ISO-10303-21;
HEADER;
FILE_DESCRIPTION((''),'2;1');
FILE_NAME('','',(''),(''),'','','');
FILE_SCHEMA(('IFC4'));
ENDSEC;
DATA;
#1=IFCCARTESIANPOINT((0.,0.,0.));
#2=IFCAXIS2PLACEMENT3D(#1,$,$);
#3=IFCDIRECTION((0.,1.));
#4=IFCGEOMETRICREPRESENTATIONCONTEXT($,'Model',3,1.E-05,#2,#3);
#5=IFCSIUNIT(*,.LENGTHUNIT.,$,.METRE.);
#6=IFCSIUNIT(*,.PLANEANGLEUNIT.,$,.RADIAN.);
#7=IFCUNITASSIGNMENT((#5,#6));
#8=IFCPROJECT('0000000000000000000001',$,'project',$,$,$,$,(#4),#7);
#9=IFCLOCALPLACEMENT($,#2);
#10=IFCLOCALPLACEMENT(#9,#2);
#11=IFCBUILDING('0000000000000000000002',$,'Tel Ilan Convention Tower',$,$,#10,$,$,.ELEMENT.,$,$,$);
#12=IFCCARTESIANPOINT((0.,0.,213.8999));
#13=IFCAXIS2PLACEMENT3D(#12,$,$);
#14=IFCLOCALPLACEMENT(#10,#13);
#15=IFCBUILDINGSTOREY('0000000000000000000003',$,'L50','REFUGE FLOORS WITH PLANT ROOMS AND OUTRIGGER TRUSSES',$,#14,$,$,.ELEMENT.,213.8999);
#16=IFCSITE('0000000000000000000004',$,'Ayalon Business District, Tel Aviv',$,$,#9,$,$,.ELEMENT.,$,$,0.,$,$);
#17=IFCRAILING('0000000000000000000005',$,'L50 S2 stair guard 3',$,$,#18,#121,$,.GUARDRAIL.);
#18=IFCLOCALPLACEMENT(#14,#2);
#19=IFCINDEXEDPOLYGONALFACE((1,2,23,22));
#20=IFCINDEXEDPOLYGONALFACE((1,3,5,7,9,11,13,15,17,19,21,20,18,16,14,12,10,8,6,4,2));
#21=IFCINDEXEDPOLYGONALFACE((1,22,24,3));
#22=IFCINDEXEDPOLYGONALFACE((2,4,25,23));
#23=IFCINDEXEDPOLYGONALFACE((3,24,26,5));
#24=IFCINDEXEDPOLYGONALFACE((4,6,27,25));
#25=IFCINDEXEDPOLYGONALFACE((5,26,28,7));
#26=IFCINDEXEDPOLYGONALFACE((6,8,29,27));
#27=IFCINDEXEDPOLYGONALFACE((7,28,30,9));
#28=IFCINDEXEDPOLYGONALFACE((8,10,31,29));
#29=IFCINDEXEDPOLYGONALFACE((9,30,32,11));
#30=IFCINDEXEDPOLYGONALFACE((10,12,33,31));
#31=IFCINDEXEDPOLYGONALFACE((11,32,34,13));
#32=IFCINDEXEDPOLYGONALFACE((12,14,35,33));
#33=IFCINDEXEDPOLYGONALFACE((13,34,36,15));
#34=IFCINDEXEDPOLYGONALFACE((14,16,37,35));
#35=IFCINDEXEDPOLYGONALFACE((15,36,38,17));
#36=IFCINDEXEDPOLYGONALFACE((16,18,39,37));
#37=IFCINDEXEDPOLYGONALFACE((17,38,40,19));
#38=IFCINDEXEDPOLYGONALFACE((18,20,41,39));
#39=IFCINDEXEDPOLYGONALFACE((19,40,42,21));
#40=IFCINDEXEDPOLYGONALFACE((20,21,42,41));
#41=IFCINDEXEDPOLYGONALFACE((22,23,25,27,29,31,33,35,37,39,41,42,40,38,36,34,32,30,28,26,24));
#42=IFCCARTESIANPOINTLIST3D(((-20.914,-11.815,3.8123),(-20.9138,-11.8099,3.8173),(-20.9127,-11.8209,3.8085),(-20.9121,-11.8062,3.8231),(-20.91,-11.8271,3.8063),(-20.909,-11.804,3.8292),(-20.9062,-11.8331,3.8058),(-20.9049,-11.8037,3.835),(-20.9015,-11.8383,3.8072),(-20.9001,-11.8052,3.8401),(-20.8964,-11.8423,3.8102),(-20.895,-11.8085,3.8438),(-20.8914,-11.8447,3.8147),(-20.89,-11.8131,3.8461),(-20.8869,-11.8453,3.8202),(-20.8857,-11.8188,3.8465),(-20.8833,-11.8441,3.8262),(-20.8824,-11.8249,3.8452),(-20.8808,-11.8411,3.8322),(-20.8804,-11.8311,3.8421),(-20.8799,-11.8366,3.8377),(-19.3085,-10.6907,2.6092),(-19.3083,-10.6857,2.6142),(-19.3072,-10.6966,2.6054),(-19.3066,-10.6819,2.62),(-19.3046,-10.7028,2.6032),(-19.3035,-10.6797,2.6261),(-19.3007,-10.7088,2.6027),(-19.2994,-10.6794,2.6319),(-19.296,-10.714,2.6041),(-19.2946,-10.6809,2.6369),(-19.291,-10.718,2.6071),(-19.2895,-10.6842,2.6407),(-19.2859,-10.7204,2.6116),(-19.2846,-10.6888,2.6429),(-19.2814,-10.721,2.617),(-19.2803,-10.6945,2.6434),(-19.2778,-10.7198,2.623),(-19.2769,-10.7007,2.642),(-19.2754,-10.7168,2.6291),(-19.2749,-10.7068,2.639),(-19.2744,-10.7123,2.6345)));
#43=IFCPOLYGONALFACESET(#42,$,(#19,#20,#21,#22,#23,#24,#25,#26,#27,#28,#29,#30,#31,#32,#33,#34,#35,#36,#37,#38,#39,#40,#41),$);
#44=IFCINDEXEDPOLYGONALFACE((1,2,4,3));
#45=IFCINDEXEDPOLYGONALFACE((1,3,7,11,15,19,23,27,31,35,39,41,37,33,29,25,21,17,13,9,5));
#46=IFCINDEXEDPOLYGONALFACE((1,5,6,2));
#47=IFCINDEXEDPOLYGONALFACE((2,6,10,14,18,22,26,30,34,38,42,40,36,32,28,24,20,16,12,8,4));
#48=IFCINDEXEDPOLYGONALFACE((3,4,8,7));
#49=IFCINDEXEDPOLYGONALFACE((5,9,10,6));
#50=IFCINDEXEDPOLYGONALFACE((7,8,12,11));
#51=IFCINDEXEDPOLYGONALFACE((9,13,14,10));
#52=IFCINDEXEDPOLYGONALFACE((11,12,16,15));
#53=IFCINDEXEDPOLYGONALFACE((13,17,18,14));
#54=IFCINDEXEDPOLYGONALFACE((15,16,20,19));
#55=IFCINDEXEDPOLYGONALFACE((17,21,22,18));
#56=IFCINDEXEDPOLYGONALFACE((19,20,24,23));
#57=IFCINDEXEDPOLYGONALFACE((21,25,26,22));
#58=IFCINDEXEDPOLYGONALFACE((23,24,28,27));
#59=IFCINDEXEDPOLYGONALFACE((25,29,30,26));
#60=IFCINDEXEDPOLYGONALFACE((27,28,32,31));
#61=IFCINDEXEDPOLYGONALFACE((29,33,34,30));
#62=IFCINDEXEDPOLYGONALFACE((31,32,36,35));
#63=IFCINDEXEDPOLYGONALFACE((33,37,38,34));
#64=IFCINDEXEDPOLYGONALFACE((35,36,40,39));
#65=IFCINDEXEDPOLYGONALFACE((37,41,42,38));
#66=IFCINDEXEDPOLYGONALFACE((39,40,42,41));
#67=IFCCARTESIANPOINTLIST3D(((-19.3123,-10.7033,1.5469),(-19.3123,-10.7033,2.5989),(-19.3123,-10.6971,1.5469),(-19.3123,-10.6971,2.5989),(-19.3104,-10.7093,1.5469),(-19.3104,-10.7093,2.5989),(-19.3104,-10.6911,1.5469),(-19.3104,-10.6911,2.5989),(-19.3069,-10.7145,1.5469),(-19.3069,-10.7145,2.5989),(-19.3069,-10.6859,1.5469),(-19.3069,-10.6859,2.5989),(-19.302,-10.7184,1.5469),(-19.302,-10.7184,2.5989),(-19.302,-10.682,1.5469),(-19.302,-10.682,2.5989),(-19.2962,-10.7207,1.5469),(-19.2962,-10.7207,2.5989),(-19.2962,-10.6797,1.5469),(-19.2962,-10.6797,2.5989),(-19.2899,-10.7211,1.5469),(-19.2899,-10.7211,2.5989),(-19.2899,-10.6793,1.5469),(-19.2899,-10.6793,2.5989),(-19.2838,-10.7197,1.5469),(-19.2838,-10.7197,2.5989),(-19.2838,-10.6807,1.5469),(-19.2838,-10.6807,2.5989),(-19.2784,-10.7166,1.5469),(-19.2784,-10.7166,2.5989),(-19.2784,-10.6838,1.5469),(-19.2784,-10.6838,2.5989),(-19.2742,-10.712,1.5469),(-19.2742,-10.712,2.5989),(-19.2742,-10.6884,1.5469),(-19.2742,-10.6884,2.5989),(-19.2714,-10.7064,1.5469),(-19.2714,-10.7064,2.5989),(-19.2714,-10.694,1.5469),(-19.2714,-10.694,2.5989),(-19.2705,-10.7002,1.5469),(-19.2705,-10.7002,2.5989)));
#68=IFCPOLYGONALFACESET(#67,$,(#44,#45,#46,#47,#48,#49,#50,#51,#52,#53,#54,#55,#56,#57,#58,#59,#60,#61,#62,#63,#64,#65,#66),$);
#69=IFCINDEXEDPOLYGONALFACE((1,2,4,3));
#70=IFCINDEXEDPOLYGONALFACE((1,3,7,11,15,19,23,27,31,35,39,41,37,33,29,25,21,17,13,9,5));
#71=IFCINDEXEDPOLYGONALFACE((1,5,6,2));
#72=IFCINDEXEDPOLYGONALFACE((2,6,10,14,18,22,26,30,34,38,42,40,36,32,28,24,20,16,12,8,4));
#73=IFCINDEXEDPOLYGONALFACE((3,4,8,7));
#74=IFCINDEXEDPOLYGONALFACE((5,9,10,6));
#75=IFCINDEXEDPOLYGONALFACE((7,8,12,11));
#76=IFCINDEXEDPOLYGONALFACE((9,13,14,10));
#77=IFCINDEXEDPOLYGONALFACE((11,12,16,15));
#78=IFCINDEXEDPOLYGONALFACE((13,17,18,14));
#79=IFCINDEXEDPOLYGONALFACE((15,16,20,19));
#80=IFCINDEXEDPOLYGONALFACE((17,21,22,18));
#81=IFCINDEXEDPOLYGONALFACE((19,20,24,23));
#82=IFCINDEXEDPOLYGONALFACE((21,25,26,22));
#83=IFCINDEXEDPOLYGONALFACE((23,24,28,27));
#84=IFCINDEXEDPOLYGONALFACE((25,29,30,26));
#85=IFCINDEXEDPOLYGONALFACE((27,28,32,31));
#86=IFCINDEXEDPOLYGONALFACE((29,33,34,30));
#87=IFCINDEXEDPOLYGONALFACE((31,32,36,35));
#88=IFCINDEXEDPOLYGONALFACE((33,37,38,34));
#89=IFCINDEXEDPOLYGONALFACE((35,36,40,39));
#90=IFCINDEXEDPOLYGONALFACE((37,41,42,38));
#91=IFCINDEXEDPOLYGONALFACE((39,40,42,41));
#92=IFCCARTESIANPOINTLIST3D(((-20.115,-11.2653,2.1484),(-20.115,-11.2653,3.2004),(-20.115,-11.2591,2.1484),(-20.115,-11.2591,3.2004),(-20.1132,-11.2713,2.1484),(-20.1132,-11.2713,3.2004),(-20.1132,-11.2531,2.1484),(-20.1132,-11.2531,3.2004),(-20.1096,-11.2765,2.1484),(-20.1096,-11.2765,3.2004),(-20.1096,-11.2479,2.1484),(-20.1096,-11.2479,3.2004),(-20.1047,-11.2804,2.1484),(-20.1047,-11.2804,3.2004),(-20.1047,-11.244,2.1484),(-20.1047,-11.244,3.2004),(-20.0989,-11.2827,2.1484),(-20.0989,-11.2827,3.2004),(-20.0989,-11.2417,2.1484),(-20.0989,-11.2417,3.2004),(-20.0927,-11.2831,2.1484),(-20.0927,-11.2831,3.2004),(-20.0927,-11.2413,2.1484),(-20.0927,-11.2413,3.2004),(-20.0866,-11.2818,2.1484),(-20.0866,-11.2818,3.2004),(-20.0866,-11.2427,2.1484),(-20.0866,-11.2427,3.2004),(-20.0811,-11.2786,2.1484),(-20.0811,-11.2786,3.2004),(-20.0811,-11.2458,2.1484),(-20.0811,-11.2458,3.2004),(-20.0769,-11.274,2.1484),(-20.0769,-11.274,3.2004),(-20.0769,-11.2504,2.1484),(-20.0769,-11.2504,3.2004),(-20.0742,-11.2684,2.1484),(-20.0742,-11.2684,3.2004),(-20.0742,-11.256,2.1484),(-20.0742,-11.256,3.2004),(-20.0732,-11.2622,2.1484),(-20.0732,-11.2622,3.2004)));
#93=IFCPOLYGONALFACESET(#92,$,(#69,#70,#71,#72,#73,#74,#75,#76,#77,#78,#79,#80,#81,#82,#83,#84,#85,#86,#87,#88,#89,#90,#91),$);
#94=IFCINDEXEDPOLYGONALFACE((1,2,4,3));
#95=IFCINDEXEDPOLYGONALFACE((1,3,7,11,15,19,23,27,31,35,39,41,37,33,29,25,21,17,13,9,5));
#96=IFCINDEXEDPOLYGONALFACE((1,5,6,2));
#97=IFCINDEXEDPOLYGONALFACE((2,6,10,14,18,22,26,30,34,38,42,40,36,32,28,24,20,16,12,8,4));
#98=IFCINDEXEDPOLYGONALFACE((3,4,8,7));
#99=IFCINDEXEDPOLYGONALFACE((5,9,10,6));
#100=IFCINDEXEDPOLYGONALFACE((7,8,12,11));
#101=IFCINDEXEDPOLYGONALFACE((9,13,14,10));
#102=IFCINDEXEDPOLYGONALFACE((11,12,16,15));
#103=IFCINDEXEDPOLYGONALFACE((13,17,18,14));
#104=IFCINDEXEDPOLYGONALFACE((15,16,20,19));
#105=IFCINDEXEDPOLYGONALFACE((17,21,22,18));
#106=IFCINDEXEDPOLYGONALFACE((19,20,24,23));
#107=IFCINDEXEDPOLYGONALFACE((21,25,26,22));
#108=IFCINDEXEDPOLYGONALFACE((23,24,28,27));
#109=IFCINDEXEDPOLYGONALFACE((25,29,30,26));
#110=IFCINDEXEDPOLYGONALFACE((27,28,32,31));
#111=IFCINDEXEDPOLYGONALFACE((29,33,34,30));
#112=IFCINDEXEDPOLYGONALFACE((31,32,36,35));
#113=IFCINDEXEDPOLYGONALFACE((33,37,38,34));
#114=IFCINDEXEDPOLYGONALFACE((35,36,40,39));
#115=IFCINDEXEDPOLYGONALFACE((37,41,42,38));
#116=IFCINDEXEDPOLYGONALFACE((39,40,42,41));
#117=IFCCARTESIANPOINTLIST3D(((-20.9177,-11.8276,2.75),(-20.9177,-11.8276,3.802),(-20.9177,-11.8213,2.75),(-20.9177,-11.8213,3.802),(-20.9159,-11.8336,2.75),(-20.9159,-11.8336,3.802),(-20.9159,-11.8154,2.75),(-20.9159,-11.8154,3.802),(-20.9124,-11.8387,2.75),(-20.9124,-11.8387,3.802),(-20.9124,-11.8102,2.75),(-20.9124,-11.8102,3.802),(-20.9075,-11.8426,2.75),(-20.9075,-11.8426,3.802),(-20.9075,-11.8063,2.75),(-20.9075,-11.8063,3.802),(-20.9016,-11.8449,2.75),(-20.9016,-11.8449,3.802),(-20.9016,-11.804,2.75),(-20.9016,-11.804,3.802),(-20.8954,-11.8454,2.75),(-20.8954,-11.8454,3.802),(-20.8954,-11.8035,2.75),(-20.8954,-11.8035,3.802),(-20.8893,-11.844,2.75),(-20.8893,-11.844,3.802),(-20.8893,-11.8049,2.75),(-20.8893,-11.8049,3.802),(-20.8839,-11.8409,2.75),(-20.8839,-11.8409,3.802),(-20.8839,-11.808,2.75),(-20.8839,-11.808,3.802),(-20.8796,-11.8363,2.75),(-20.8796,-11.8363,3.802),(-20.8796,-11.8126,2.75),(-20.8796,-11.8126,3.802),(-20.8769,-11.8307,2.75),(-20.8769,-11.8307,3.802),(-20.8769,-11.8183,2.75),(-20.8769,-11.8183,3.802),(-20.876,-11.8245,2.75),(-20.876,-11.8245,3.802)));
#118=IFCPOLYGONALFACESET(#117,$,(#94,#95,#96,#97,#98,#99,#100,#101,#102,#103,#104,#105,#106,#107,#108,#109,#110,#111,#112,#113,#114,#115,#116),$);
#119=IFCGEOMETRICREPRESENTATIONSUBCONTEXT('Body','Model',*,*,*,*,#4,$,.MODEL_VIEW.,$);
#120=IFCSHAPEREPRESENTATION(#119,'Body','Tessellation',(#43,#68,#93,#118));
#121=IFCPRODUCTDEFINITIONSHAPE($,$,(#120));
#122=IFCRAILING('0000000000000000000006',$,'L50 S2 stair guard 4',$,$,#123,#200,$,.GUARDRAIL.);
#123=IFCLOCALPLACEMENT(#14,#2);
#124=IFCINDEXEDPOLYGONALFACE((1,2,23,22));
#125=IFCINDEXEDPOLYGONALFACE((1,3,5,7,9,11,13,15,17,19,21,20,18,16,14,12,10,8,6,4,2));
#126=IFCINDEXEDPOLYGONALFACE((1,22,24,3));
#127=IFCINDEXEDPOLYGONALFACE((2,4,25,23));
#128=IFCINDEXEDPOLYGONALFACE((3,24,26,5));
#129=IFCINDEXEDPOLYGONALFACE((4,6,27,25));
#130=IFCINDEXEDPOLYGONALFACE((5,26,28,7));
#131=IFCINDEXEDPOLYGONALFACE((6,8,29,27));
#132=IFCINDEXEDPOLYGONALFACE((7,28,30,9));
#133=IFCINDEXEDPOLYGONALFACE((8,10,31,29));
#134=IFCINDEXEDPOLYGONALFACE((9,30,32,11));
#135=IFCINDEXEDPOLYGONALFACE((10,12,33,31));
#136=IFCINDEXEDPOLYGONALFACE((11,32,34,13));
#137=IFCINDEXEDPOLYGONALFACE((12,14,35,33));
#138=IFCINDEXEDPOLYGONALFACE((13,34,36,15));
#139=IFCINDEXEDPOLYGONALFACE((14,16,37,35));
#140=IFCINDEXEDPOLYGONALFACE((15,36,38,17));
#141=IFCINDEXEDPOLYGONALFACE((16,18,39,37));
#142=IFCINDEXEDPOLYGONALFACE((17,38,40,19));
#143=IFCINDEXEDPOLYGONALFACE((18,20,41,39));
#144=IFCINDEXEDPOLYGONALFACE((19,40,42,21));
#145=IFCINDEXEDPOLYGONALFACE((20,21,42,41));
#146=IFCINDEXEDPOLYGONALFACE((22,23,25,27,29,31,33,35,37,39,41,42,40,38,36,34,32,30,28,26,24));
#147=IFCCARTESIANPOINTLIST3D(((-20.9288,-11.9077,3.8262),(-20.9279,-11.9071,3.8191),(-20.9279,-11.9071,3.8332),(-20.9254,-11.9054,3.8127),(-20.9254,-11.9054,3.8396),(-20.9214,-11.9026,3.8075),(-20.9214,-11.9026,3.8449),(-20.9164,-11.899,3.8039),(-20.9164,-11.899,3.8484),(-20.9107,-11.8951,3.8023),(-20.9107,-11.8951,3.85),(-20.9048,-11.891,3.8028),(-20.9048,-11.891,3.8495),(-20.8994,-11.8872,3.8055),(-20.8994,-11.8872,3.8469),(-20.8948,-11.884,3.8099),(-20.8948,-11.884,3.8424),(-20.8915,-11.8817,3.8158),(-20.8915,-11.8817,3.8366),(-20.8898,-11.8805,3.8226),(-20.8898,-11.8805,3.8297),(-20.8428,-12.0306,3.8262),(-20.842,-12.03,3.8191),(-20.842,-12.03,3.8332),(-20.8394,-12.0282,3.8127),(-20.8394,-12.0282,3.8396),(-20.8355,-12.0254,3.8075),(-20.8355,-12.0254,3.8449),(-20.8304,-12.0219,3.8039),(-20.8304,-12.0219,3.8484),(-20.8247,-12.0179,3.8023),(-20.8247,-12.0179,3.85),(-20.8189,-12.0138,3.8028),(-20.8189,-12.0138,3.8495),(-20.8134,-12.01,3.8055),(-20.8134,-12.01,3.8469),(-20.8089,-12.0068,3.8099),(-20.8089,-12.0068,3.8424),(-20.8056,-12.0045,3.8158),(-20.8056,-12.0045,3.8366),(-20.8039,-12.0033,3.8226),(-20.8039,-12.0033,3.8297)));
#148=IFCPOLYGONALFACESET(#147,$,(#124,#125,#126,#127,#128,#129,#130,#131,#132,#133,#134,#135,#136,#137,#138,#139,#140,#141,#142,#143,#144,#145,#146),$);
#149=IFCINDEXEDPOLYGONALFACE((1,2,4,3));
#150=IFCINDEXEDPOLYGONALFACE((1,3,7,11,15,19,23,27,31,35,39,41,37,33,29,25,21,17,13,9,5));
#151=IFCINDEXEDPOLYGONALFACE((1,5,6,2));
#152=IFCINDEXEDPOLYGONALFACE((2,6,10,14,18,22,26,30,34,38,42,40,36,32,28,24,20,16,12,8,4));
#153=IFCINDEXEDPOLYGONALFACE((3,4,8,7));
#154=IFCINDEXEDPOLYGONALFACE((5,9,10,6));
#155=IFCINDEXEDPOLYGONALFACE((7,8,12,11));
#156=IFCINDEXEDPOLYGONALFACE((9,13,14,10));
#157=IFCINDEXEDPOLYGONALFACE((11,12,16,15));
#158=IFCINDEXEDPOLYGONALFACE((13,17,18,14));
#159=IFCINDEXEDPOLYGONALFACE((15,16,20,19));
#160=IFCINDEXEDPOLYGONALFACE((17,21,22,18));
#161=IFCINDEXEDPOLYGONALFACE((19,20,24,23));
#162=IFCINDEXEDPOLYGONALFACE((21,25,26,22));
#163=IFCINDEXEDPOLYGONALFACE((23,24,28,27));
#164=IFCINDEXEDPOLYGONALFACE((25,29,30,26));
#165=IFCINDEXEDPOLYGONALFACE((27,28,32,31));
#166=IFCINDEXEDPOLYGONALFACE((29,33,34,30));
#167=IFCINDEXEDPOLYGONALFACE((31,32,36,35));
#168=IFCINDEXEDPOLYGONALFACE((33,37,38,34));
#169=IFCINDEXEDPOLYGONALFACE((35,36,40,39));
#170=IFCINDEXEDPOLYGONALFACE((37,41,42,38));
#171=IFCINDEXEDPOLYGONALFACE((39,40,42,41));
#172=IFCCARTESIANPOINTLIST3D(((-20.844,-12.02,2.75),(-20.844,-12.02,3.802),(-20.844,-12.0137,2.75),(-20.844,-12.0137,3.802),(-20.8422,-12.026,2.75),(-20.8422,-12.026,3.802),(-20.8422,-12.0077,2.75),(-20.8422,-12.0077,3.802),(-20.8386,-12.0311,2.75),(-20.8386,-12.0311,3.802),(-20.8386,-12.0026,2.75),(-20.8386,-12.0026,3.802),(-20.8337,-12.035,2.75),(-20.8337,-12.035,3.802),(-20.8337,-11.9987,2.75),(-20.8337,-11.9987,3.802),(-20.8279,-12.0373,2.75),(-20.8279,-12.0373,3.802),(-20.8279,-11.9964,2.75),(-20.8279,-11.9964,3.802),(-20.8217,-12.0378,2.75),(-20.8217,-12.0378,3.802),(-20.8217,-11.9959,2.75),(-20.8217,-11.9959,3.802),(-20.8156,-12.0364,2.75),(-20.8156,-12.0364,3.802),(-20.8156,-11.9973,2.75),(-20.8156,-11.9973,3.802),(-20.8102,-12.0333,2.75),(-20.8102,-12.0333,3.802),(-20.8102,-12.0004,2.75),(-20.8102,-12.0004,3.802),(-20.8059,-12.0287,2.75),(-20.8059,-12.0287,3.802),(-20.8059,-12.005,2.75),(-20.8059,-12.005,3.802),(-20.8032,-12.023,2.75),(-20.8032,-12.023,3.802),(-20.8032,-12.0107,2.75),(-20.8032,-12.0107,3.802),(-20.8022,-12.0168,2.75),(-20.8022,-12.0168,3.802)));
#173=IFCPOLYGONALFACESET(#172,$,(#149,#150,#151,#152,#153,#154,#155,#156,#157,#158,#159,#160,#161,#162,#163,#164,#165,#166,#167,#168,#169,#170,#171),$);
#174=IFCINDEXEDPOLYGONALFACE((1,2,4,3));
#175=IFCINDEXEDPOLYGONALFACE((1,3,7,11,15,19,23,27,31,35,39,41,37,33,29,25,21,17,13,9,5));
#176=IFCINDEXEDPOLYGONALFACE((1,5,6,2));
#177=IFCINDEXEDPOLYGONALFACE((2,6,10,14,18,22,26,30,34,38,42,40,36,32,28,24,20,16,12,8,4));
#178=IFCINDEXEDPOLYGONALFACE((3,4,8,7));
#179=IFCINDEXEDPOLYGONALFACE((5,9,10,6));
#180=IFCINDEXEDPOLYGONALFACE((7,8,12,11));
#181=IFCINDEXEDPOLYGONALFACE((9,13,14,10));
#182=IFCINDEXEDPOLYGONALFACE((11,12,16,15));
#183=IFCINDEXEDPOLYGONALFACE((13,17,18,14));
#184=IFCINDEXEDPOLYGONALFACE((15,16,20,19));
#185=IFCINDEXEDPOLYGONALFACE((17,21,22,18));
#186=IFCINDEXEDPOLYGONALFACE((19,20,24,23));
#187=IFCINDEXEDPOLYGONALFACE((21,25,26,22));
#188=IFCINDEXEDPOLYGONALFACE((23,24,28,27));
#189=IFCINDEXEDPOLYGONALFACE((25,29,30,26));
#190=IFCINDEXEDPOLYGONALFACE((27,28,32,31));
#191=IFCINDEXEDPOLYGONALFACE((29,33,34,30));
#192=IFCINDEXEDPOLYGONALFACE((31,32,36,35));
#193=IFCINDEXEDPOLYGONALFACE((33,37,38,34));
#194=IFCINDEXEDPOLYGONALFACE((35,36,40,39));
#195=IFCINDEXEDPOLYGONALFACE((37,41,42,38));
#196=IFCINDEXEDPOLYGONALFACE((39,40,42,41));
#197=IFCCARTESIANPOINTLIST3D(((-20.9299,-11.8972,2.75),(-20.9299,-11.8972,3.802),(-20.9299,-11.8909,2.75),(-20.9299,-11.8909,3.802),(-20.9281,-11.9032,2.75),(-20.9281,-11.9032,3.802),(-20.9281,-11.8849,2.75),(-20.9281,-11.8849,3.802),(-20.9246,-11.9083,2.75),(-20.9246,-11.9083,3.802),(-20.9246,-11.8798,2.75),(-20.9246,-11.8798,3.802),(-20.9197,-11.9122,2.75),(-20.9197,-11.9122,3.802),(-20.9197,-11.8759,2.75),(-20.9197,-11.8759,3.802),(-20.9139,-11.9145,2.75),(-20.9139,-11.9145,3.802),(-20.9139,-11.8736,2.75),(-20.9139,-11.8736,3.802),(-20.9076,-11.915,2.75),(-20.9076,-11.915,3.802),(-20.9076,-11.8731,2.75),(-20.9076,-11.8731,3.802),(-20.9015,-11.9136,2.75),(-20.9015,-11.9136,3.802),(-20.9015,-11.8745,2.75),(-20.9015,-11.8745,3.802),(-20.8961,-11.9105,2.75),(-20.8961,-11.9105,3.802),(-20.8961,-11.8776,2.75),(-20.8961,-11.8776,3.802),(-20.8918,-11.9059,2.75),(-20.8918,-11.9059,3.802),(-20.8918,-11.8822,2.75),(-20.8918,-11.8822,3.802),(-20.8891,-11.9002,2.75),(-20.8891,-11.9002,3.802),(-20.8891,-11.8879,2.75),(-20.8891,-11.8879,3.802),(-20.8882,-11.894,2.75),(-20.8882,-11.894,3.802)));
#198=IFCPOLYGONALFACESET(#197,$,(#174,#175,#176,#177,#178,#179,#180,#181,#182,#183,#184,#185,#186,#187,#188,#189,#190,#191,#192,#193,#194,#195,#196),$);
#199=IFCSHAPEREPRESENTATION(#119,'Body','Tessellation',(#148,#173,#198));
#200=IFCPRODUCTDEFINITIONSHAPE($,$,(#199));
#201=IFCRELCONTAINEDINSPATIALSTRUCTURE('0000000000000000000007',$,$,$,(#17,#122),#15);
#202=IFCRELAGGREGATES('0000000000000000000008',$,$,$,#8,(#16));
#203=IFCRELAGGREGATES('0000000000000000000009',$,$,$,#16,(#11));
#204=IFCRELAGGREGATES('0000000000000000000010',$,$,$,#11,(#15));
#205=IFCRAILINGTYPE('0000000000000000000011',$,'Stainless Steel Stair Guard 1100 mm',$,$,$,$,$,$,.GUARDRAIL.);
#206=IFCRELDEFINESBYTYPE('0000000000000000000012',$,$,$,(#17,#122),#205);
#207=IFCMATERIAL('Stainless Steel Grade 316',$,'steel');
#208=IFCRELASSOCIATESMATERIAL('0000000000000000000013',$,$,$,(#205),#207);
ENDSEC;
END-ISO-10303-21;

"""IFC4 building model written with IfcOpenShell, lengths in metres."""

from ifc_helpers import new_model, si_unit, direction, frame, origin, origin_2d, place, context, subcontext, project, spatial, circle, extrude, material, type_object, element, save


model = new_model("IFC4")

# Units and contexts
model_context = context("Model", 3, precision=1e-05, world=origin(), true_north=direction((0.0, 1.0)))
body_context = subcontext(model_context, "Body", "Model", "MODEL_VIEW")
ifc_project = project(units=[si_unit("LENGTHUNIT", "METRE"), si_unit("PLANEANGLEUNIT", "RADIAN")], contexts=[model_context])

# Site, building, storey
site_placement = place(None, origin())
site = spatial("IfcSite", under=ifc_project, at=site_placement, Name="Ayalon Business District, Tel Aviv", CompositionType="ELEMENT", RefElevation=0.0)
building_placement = place(site_placement, origin())
building = spatial("IfcBuilding", under=site, at=building_placement, Name="Tel Ilan Convention Tower", CompositionType="ELEMENT")
storey_placement = place(building_placement, frame((0.0, 0.0, 213.8999)))
storey = spatial("IfcBuildingStorey", under=building, at=storey_placement, Name="L50", Description="REFUGE FLOORS WITH PLANT ROOMS AND OUTRIGGER TRUSSES", CompositionType="ELEMENT", Elevation=213.8999)

# Railings
ifc_material_1 = material(Name="Stainless Steel Grade 316", Category="steel")
railing_type_1 = type_object("IfcRailingType", Name="Stainless Steel Stair Guard 1100 mm", PredefinedType="GUARDRAIL", material=ifc_material_1)
railing_1_placement = place(storey_placement, frame((-19.2915, -10.7002, 1.5469)))
element("IfcRailing", 1, at=railing_1_placement, inside=storey, type_object=railing_type_1, Name="L50 S2 stair guard 3", PredefinedType="GUARDRAIL", context=body_context, shape_type="SweptSolid", body=[
    extrude(circle(Radius=0.0239, at=origin_2d()), frame((0.0, 0.0, 1.0762), z_axis=(-0.698095, -0.488857, 0.523146), x_axis=(0.573613, -0.819127, 0.0)), (0.0, 0.0, 1.0), 2.2998),
    extrude(circle(Radius=0.021, at=origin_2d()), origin(), (0.0, 0.0, 1.0), 1.052),
    extrude(circle(Radius=0.021, at=origin_2d()), frame((-0.8027, -0.562, 0.6016)), (0.0, 0.0, 1.0), 1.052),
    extrude(circle(Radius=0.021, at=origin_2d()), frame((-1.6055, -1.1243, 1.2031)), (0.0, 0.0, 1.0), 1.052),
])
railing_2_placement = place(storey_placement, frame((-20.8232, -12.0168, 2.75)))
element("IfcRailing", 2, at=railing_2_placement, inside=storey, type_object=railing_type_1, Name="L50 S2 stair guard 4", PredefinedType="GUARDRAIL", context=body_context, shape_type="SweptSolid", body=[
    extrude(circle(Radius=0.0239, at=origin_2d()), frame((0.0, 0.0, 1.0762), z_axis=(-0.573353, 0.819308, 0.0), x_axis=(-0.819308, -0.573353, 0.0)), (0.0, 0.0, 1.0), 0.1499),
    extrude(circle(Radius=0.021, at=origin_2d()), origin(), (0.0, 0.0, 1.0), 1.052),
    extrude(circle(Radius=0.021, at=origin_2d()), frame((-0.0859, 0.1228, 0.0)), (0.0, 0.0, 1.0), 1.052),
])

save(model, "model.ifc")
